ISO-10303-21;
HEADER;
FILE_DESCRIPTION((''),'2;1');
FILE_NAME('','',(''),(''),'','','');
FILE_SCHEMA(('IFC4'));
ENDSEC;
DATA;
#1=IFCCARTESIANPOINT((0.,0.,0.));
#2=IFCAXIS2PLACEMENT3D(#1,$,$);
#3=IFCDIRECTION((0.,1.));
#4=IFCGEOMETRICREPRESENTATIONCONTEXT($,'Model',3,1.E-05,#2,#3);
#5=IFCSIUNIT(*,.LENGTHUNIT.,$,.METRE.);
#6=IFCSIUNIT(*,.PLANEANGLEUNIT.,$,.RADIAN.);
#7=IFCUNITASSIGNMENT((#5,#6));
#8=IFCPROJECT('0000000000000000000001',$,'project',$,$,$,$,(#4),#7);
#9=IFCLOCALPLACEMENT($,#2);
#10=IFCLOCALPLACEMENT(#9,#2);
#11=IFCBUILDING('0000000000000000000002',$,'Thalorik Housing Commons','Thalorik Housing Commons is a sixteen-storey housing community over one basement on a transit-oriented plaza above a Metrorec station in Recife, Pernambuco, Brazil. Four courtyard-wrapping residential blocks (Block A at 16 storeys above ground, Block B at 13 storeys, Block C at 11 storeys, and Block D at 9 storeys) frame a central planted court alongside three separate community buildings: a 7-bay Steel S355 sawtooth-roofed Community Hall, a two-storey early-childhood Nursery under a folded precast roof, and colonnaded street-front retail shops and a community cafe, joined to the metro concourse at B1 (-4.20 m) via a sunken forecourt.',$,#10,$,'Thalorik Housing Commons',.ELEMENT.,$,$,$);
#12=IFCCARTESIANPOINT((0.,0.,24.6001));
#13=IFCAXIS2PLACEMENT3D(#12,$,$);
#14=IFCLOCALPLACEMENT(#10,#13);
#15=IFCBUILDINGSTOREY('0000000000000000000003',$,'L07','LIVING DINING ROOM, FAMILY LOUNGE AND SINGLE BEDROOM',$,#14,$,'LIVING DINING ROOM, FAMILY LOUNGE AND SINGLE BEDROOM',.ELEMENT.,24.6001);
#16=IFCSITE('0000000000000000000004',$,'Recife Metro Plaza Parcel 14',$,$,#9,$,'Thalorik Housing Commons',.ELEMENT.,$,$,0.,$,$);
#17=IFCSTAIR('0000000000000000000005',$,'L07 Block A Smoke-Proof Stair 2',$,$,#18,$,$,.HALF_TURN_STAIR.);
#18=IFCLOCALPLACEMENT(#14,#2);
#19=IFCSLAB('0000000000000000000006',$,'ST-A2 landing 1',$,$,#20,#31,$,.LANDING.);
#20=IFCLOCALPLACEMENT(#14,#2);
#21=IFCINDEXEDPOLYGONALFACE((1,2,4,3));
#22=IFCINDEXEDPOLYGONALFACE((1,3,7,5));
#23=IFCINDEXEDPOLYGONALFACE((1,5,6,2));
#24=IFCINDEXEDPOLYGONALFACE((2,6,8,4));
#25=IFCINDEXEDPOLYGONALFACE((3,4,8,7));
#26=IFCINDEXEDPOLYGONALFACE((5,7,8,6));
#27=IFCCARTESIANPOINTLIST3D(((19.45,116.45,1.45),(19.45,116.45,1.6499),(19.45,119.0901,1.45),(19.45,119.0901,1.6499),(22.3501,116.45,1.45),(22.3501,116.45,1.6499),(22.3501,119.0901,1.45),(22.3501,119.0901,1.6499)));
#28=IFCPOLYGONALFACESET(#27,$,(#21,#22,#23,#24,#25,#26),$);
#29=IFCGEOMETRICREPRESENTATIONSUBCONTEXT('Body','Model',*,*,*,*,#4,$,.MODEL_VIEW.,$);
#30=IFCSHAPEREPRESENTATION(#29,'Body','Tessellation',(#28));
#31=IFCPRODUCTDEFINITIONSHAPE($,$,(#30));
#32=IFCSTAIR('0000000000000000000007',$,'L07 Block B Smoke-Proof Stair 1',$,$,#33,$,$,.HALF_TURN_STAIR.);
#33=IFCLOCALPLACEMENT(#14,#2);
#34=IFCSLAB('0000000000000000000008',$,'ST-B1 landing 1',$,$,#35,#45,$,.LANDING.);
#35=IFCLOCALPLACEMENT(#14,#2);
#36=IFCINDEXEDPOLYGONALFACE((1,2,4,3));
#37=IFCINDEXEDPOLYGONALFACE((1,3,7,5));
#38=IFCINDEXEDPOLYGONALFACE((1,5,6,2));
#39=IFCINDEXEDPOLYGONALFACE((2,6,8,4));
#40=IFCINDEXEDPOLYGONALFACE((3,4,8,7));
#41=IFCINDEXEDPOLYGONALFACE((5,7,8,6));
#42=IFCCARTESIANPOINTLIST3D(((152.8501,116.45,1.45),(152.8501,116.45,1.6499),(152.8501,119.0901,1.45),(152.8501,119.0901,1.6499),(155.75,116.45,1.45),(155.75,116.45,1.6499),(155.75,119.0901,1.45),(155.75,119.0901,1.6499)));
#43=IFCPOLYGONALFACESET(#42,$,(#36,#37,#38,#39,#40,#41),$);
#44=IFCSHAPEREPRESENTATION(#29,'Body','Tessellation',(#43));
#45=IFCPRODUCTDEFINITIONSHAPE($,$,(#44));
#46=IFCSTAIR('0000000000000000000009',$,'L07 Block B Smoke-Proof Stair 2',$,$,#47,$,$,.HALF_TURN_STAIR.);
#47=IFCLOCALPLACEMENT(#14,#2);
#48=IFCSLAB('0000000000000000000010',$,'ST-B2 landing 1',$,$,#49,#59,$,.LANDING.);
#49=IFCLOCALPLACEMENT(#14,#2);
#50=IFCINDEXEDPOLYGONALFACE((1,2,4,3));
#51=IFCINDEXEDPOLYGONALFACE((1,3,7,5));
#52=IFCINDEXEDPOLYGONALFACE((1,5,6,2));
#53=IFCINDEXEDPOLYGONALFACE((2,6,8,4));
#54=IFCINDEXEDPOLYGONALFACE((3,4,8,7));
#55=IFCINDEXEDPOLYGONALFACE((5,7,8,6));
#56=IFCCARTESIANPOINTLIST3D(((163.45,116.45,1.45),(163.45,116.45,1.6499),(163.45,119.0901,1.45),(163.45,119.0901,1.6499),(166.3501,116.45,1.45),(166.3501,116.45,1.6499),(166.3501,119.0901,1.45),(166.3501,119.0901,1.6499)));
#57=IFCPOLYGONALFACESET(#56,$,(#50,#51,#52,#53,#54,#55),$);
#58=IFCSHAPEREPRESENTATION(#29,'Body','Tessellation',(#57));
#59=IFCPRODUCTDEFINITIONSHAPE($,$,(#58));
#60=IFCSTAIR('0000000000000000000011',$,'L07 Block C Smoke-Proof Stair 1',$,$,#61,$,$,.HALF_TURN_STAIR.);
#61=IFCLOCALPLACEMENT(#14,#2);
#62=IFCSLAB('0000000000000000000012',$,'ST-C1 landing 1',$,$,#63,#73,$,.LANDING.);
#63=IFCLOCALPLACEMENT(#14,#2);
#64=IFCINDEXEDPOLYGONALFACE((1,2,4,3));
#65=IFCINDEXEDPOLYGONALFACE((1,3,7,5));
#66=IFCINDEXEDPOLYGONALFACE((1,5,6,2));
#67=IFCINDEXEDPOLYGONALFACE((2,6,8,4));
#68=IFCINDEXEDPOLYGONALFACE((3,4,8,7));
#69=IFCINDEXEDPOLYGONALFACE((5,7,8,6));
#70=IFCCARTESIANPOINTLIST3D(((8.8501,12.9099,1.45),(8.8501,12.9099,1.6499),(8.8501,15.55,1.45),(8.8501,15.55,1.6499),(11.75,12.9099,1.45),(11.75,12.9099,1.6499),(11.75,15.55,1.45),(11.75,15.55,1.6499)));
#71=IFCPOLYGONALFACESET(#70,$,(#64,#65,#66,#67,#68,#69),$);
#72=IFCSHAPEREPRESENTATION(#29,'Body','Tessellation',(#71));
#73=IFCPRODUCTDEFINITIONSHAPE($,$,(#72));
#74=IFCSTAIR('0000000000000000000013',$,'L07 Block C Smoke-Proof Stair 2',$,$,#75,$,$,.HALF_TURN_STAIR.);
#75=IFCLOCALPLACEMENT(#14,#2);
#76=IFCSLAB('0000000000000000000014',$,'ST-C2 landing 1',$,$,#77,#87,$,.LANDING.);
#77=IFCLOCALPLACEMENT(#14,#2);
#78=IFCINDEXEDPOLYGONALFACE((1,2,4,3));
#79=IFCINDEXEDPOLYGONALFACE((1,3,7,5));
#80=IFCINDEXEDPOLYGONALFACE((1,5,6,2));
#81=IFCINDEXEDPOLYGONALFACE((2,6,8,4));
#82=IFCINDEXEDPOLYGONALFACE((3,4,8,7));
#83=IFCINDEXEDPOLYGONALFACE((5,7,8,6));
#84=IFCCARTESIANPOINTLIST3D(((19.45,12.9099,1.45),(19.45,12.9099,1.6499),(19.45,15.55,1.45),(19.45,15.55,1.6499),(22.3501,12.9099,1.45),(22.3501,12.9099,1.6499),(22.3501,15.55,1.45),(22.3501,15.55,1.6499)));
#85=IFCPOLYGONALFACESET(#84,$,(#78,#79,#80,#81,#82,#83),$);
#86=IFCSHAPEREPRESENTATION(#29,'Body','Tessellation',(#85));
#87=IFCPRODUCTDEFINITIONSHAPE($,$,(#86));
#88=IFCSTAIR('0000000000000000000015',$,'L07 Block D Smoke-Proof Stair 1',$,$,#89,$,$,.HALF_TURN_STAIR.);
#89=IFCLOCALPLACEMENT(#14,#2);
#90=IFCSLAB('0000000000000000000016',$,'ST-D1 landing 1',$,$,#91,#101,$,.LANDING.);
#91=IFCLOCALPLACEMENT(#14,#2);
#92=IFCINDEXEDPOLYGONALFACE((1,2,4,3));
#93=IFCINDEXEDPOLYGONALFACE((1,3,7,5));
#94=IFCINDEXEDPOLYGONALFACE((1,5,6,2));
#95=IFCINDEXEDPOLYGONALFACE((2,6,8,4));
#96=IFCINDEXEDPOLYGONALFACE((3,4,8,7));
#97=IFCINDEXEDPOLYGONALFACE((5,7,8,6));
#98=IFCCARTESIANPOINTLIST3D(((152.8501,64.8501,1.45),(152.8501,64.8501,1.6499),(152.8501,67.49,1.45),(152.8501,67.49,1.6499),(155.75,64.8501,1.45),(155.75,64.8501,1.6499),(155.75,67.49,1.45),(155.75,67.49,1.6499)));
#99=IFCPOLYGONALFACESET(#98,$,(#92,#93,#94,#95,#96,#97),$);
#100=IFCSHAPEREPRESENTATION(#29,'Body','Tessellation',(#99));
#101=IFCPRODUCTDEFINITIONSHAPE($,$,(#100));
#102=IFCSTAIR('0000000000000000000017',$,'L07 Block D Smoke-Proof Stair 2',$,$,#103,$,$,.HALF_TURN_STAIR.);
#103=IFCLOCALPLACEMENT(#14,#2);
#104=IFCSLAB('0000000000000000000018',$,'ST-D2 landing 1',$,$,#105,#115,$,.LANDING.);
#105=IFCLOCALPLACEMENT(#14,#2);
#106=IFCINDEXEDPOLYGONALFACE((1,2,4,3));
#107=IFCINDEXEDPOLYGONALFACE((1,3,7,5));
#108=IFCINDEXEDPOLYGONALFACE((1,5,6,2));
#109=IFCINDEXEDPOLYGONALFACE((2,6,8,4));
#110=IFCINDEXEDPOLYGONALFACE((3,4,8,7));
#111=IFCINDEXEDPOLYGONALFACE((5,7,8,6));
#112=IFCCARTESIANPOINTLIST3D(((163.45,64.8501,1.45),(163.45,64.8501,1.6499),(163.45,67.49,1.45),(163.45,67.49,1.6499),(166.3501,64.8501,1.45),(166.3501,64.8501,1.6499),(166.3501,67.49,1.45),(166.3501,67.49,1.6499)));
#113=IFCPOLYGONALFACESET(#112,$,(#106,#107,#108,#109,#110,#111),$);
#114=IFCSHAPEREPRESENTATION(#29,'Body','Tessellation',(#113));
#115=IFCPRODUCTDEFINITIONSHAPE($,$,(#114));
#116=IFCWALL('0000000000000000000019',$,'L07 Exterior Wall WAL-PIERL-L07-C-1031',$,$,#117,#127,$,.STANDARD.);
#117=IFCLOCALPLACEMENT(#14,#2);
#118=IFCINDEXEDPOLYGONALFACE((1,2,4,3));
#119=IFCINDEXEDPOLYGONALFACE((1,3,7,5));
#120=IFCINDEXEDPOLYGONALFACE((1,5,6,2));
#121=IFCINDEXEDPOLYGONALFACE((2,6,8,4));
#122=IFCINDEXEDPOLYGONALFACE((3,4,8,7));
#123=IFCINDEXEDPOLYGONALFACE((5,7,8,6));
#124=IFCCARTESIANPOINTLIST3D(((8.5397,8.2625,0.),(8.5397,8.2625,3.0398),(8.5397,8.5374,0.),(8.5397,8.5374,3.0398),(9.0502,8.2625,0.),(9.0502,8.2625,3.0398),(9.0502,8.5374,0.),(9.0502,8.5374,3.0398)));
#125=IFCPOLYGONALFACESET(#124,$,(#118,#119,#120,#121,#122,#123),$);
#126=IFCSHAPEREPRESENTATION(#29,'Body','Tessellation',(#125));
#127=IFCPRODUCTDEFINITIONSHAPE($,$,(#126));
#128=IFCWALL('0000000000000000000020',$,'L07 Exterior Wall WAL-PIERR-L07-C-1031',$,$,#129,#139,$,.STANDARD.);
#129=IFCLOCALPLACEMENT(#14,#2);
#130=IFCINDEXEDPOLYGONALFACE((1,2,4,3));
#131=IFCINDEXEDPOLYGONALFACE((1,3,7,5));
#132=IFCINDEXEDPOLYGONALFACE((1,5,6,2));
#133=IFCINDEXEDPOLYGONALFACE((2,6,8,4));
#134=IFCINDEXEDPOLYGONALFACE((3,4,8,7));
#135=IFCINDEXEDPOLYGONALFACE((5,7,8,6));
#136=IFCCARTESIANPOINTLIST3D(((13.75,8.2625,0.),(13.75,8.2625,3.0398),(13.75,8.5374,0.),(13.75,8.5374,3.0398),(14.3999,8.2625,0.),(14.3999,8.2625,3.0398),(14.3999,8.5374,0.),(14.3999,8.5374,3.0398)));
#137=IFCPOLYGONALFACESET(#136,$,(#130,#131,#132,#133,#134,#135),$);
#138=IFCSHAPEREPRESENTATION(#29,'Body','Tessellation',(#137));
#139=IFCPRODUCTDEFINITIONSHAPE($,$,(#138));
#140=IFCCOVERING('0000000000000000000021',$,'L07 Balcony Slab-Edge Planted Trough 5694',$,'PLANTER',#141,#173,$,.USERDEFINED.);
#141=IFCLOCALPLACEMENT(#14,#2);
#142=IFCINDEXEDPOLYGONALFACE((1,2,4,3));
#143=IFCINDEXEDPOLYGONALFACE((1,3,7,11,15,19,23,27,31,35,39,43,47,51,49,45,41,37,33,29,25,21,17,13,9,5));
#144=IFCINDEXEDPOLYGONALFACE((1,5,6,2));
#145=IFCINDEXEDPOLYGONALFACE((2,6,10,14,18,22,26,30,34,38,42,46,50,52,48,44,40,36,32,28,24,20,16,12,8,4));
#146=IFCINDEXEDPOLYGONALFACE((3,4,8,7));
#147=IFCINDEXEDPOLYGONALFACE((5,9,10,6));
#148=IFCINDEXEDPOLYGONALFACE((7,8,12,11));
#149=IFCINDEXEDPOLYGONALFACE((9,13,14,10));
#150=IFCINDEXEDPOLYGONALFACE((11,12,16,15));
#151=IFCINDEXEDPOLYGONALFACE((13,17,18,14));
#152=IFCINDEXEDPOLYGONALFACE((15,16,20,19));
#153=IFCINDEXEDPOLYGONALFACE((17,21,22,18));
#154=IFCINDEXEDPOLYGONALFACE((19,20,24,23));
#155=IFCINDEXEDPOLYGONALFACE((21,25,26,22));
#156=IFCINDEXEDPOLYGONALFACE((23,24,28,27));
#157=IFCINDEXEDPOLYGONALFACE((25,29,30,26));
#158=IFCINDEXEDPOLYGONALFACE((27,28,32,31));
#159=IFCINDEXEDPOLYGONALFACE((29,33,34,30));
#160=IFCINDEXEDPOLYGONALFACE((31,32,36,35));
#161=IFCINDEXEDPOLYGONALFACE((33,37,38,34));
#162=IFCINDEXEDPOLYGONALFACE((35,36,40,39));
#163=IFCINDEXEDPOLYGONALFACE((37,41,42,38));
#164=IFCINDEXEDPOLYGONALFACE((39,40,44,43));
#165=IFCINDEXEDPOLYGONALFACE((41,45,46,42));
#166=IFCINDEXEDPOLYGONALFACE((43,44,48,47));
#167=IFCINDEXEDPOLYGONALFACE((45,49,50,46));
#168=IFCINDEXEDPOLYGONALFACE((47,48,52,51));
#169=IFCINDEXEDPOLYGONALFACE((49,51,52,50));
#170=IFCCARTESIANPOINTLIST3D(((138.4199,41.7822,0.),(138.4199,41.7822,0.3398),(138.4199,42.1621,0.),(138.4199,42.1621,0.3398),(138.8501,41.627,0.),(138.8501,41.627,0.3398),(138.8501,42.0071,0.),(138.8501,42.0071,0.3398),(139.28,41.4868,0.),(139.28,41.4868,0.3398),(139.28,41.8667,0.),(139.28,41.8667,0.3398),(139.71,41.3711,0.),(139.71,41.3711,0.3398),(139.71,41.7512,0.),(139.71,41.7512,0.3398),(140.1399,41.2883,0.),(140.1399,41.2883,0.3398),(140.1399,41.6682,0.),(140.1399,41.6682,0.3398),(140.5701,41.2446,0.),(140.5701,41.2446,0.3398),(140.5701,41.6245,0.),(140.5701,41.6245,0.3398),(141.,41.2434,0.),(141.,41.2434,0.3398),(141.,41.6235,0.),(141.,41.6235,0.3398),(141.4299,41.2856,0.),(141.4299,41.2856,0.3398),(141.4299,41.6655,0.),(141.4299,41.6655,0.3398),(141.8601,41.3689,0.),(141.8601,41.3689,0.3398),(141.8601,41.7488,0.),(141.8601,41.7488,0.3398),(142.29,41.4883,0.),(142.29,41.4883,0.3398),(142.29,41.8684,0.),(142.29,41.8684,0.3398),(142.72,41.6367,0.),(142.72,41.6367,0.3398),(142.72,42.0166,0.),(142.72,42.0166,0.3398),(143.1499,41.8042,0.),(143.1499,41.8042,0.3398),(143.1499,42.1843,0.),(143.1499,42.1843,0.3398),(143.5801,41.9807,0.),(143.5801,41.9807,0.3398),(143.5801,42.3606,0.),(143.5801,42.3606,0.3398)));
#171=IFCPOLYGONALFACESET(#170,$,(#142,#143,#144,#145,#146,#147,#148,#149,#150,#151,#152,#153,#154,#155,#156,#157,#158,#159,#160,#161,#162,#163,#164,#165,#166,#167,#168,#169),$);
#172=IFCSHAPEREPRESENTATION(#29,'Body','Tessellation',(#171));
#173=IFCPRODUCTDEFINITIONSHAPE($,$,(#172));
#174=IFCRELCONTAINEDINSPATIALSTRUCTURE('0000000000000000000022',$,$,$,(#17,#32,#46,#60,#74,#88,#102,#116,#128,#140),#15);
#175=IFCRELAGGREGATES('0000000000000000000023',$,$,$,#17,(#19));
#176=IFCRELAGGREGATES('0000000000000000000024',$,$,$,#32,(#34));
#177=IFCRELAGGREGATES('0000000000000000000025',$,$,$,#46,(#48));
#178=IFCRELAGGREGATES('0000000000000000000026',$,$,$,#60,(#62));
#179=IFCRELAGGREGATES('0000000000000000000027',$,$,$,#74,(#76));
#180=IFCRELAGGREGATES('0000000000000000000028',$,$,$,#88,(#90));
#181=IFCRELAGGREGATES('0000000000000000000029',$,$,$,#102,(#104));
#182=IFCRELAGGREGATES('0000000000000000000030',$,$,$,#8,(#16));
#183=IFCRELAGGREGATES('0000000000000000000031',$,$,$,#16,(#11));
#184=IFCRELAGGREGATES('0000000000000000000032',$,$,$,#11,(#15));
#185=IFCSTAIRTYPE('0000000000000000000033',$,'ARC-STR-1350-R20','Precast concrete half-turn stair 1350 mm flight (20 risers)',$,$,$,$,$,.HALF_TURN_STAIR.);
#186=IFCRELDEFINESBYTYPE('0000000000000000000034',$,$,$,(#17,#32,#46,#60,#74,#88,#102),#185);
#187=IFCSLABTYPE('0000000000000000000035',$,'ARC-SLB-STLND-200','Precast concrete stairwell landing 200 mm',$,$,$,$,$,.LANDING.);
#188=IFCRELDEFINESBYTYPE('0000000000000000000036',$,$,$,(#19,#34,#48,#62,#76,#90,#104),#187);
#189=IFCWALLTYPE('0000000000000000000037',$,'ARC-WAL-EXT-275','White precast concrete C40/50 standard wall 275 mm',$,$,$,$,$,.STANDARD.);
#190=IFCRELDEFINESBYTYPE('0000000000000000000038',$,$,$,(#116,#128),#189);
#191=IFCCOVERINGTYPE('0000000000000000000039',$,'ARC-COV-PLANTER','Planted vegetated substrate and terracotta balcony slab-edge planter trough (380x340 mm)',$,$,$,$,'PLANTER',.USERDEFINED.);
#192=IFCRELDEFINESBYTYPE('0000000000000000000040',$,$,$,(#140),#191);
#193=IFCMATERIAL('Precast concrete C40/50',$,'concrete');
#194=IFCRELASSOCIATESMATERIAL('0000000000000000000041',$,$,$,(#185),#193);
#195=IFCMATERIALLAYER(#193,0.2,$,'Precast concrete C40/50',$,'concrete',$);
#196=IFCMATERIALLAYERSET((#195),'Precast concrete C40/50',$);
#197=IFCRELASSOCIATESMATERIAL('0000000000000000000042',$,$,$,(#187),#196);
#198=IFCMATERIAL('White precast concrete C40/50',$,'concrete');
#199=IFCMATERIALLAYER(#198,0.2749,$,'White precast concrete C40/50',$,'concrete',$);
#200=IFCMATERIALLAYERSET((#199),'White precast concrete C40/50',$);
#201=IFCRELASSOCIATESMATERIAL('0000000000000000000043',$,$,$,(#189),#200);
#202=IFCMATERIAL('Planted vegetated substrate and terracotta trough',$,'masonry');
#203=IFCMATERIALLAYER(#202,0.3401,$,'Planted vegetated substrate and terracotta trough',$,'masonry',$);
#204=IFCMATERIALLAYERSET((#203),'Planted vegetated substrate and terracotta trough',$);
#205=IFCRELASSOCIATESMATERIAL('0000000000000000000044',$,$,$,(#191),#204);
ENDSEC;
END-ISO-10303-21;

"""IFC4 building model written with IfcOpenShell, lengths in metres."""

from ifc_helpers import new_model, si_unit, direction, frame, frame_2d, origin, place, context, subcontext, project, spatial, polyline, rectangle, outline, extrude, material, layer, layer_set, type_object, element, aggregate, save


model = new_model("IFC4")

# Units and contexts
model_context = context("Model", 3, precision=1e-05, world=origin(), true_north=direction((0.0, 1.0)))
body_context = subcontext(model_context, "Body", "Model", "MODEL_VIEW")
ifc_project = project(units=[si_unit("LENGTHUNIT", "METRE"), si_unit("PLANEANGLEUNIT", "RADIAN")], contexts=[model_context])

# Site, building, storey
site_placement = place(None, origin())
site = spatial("IfcSite", under=ifc_project, at=site_placement, Name="Recife Metro Plaza Parcel 14", LongName="Thalorik Housing Commons", CompositionType="ELEMENT", RefElevation=0.0)
building_placement = place(site_placement, origin())
building = spatial("IfcBuilding", under=site, at=building_placement, Name="Thalorik Housing Commons", Description="Thalorik Housing Commons is a sixteen-storey housing community over one basement on a transit-oriented plaza above a Metrorec station in Recife, Pernambuco, Brazil. Four courtyard-wrapping residential blocks (Block A at 16 storeys above ground, Block B at 13 storeys, Block C at 11 storeys, and Block D at 9 storeys) frame a central planted court alongside three separate community buildings: a 7-bay Steel S355 sawtooth-roofed Community Hall, a two-storey early-childhood Nursery under a folded precast roof, and colonnaded street-front retail shops and a community cafe, joined to the metro concourse at B1 (-4.20 m) via a sunken forecourt.", LongName="Thalorik Housing Commons", CompositionType="ELEMENT")
storey_placement = place(building_placement, frame((0.0, 0.0, 24.6001)))
storey = spatial("IfcBuildingStorey", under=building, at=storey_placement, Name="L07", Description="LIVING DINING ROOM, FAMILY LOUNGE AND SINGLE BEDROOM", LongName="LIVING DINING ROOM, FAMILY LOUNGE AND SINGLE BEDROOM", CompositionType="ELEMENT", Elevation=24.6001)

# Shared definitions
ifc_material_1 = material(Name="Precast concrete C40/50", Category="concrete")

# Stairs, slabs
stair_type = type_object("IfcStairType", Name="ARC-STR-1350-R20", Description="Precast concrete half-turn stair 1350 mm flight (20 risers)", PredefinedType="HALF_TURN_STAIR", material=ifc_material_1)
ifc_layer_1 = layer(ifc_material_1, 0.2, Name="Precast concrete C40/50", Category="concrete")
ifc_layer_set_1 = layer_set([ifc_layer_1], Name="Precast concrete C40/50")
slab_type = type_object("IfcSlabType", Name="ARC-SLB-STLND-200", Description="Precast concrete stairwell landing 200 mm", PredefinedType="LANDING", material=ifc_layer_set_1)
stair_1_placement = place(storey_placement, origin())
stair_1 = element("IfcStair", 1, at=stair_1_placement, inside=storey, type_object=stair_type, Name="L07 Block A Smoke-Proof Stair 2", PredefinedType="HALF_TURN_STAIR")
slab_1_placement = place(storey_placement, frame((0.0, 0.0, 1.45)))
slab_1 = element("IfcSlab", 2, at=slab_1_placement, type_object=slab_type, Name="ST-A2 landing 1", PredefinedType="LANDING", context=body_context, shape_type="SweptSolid", body=[
    extrude(outline(polyline([(19.45, 119.0901), (19.45, 116.45), (22.3501, 116.45), (22.3501, 119.0901), (19.45, 119.0901)])), origin(), (0.0, 0.0, 1.0), 0.2),
])
aggregate(stair_1, [slab_1])
stair_2_placement = place(storey_placement, origin())
stair_2 = element("IfcStair", 3, at=stair_2_placement, inside=storey, type_object=stair_type, Name="L07 Block B Smoke-Proof Stair 1", PredefinedType="HALF_TURN_STAIR")
slab_2_placement = place(storey_placement, frame((0.0, 0.0, 1.45)))
slab_2 = element("IfcSlab", 4, at=slab_2_placement, type_object=slab_type, Name="ST-B1 landing 1", PredefinedType="LANDING", context=body_context, shape_type="SweptSolid", body=[
    extrude(outline(polyline([(152.8501, 119.0901), (152.8501, 116.45), (155.75, 116.45), (155.75, 119.0901), (152.8501, 119.0901)])), origin(), (0.0, 0.0, 1.0), 0.2),
])
aggregate(stair_2, [slab_2])
stair_3_placement = place(storey_placement, origin())
stair_3 = element("IfcStair", 5, at=stair_3_placement, inside=storey, type_object=stair_type, Name="L07 Block B Smoke-Proof Stair 2", PredefinedType="HALF_TURN_STAIR")
slab_3_placement = place(storey_placement, frame((0.0, 0.0, 1.45)))
slab_3 = element("IfcSlab", 6, at=slab_3_placement, type_object=slab_type, Name="ST-B2 landing 1", PredefinedType="LANDING", context=body_context, shape_type="SweptSolid", body=[
    extrude(outline(polyline([(163.45, 119.0901), (163.45, 116.45), (166.3501, 116.45), (166.3501, 119.0901), (163.45, 119.0901)])), origin(), (0.0, 0.0, 1.0), 0.2),
])
aggregate(stair_3, [slab_3])
stair_4_placement = place(storey_placement, origin())
stair_4 = element("IfcStair", 7, at=stair_4_placement, inside=storey, type_object=stair_type, Name="L07 Block C Smoke-Proof Stair 1", PredefinedType="HALF_TURN_STAIR")
slab_4_placement = place(storey_placement, frame((0.0, 0.0, 1.45)))
slab_4 = element("IfcSlab", 8, at=slab_4_placement, type_object=slab_type, Name="ST-C1 landing 1", PredefinedType="LANDING", context=body_context, shape_type="SweptSolid", body=[
    extrude(outline(polyline([(11.75, 12.9099), (11.75, 15.55), (8.8501, 15.55), (8.8501, 12.9099), (11.75, 12.9099)])), origin(), (0.0, 0.0, 1.0), 0.2),
])
aggregate(stair_4, [slab_4])
stair_5_placement = place(storey_placement, origin())
stair_5 = element("IfcStair", 9, at=stair_5_placement, inside=storey, type_object=stair_type, Name="L07 Block C Smoke-Proof Stair 2", PredefinedType="HALF_TURN_STAIR")
slab_5_placement = place(storey_placement, frame((0.0, 0.0, 1.45)))
slab_5 = element("IfcSlab", 10, at=slab_5_placement, type_object=slab_type, Name="ST-C2 landing 1", PredefinedType="LANDING", context=body_context, shape_type="SweptSolid", body=[
    extrude(outline(polyline([(22.3501, 12.9099), (22.3501, 15.55), (19.45, 15.55), (19.45, 12.9099), (22.3501, 12.9099)])), origin(), (0.0, 0.0, 1.0), 0.2),
])
aggregate(stair_5, [slab_5])
stair_6_placement = place(storey_placement, origin())
stair_6 = element("IfcStair", 11, at=stair_6_placement, inside=storey, type_object=stair_type, Name="L07 Block D Smoke-Proof Stair 1", PredefinedType="HALF_TURN_STAIR")
slab_6_placement = place(storey_placement, frame((0.0, 0.0, 1.45)))
slab_6 = element("IfcSlab", 12, at=slab_6_placement, type_object=slab_type, Name="ST-D1 landing 1", PredefinedType="LANDING", context=body_context, shape_type="SweptSolid", body=[
    extrude(outline(polyline([(152.8501, 67.49), (152.8501, 64.8501), (155.75, 64.8501), (155.75, 67.49), (152.8501, 67.49)])), origin(), (0.0, 0.0, 1.0), 0.2),
])
aggregate(stair_6, [slab_6])
stair_7_placement = place(storey_placement, origin())
stair_7 = element("IfcStair", 13, at=stair_7_placement, inside=storey, type_object=stair_type, Name="L07 Block D Smoke-Proof Stair 2", PredefinedType="HALF_TURN_STAIR")
slab_7_placement = place(storey_placement, frame((0.0, 0.0, 1.45)))
slab_7 = element("IfcSlab", 14, at=slab_7_placement, type_object=slab_type, Name="ST-D2 landing 1", PredefinedType="LANDING", context=body_context, shape_type="SweptSolid", body=[
    extrude(outline(polyline([(163.45, 67.49), (163.45, 64.8501), (166.3501, 64.8501), (166.3501, 67.49), (163.45, 67.49)])), origin(), (0.0, 0.0, 1.0), 0.2),
])
aggregate(stair_7, [slab_7])

# Walls
ifc_material_2 = material(Name="White precast concrete C40/50", Category="concrete")
ifc_layer_2 = layer(ifc_material_2, 0.2749, Name="White precast concrete C40/50", Category="concrete")
ifc_layer_set_2 = layer_set([ifc_layer_2], Name="White precast concrete C40/50")
wall_type = type_object("IfcWallType", Name="ARC-WAL-EXT-275", Description="White precast concrete C40/50 standard wall 275 mm", PredefinedType="STANDARD", material=ifc_layer_set_2)
wall_1_placement = place(storey_placement, frame((8.5396, 8.3999, 0.0), z_axis=(0.0, 0.0, 1.0), x_axis=(1.0, 0.0, 0.0)))
element("IfcWall", 15, at=wall_1_placement, inside=storey, type_object=wall_type, Name="L07 Exterior Wall WAL-PIERL-L07-C-1031", PredefinedType="STANDARD", context=body_context, shape_type="SweptSolid", body=[
    extrude(rectangle(XDim=0.5105, YDim=0.2749, at=frame_2d((0.2554, 0.0))), origin(), (0.0, 0.0, 1.0), 3.0398),
])
wall_2_placement = place(storey_placement, frame((13.75, 8.3999, 0.0), z_axis=(0.0, 0.0, 1.0), x_axis=(1.0, 0.0, 0.0)))
element("IfcWall", 16, at=wall_2_placement, inside=storey, type_object=wall_type, Name="L07 Exterior Wall WAL-PIERR-L07-C-1031", PredefinedType="STANDARD", context=body_context, shape_type="SweptSolid", body=[
    extrude(rectangle(XDim=0.6499, YDim=0.2749, at=frame_2d((0.325, 0.0))), origin(), (0.0, 0.0, 1.0), 3.0398),
])

# Covering
ifc_material_3 = material(Name="Planted vegetated substrate and terracotta trough", Category="masonry")
ifc_layer_3 = layer(ifc_material_3, 0.3401, Name="Planted vegetated substrate and terracotta trough", Category="masonry")
ifc_layer_set_3 = layer_set([ifc_layer_3], Name="Planted vegetated substrate and terracotta trough")
covering_type = type_object("IfcCoveringType", Name="ARC-COV-PLANTER", Description="Planted vegetated substrate and terracotta balcony slab-edge planter trough (380x340 mm)", ElementType="PLANTER", PredefinedType="USERDEFINED", material=ifc_layer_set_3)
covering_1_placement = place(storey_placement, origin())
element("IfcCovering", 17, at=covering_1_placement, inside=storey, type_object=covering_type, Name="L07 Balcony Slab-Edge Planted Trough 5694", ObjectType="PLANTER", PredefinedType="USERDEFINED", context=body_context, shape_type="SweptSolid", body=[
    extrude(outline(polyline([(138.4199, 41.7822), (138.8501, 41.627), (139.28, 41.4868), (139.71, 41.3711), (140.1399, 41.2883), (140.5701, 41.2446), (141.0, 41.2434), (141.4299, 41.2856), (141.8601, 41.3689), (142.29, 41.4883), (142.72, 41.6367), (143.1499, 41.8042), (143.5801, 41.9807), (143.5801, 42.3606), (143.1499, 42.1843), (142.72, 42.0166), (142.29, 41.8684), (141.8601, 41.7488), (141.4299, 41.6655), (141.0, 41.6235), (140.5701, 41.6245), (140.1399, 41.6682), (139.71, 41.7512), (139.28, 41.8667), (138.8501, 42.0071), (138.4199, 42.1621), (138.4199, 41.7822)])), origin(), (0.0, 0.0, 1.0), 0.3398),
])

save(model, "model.ifc")
